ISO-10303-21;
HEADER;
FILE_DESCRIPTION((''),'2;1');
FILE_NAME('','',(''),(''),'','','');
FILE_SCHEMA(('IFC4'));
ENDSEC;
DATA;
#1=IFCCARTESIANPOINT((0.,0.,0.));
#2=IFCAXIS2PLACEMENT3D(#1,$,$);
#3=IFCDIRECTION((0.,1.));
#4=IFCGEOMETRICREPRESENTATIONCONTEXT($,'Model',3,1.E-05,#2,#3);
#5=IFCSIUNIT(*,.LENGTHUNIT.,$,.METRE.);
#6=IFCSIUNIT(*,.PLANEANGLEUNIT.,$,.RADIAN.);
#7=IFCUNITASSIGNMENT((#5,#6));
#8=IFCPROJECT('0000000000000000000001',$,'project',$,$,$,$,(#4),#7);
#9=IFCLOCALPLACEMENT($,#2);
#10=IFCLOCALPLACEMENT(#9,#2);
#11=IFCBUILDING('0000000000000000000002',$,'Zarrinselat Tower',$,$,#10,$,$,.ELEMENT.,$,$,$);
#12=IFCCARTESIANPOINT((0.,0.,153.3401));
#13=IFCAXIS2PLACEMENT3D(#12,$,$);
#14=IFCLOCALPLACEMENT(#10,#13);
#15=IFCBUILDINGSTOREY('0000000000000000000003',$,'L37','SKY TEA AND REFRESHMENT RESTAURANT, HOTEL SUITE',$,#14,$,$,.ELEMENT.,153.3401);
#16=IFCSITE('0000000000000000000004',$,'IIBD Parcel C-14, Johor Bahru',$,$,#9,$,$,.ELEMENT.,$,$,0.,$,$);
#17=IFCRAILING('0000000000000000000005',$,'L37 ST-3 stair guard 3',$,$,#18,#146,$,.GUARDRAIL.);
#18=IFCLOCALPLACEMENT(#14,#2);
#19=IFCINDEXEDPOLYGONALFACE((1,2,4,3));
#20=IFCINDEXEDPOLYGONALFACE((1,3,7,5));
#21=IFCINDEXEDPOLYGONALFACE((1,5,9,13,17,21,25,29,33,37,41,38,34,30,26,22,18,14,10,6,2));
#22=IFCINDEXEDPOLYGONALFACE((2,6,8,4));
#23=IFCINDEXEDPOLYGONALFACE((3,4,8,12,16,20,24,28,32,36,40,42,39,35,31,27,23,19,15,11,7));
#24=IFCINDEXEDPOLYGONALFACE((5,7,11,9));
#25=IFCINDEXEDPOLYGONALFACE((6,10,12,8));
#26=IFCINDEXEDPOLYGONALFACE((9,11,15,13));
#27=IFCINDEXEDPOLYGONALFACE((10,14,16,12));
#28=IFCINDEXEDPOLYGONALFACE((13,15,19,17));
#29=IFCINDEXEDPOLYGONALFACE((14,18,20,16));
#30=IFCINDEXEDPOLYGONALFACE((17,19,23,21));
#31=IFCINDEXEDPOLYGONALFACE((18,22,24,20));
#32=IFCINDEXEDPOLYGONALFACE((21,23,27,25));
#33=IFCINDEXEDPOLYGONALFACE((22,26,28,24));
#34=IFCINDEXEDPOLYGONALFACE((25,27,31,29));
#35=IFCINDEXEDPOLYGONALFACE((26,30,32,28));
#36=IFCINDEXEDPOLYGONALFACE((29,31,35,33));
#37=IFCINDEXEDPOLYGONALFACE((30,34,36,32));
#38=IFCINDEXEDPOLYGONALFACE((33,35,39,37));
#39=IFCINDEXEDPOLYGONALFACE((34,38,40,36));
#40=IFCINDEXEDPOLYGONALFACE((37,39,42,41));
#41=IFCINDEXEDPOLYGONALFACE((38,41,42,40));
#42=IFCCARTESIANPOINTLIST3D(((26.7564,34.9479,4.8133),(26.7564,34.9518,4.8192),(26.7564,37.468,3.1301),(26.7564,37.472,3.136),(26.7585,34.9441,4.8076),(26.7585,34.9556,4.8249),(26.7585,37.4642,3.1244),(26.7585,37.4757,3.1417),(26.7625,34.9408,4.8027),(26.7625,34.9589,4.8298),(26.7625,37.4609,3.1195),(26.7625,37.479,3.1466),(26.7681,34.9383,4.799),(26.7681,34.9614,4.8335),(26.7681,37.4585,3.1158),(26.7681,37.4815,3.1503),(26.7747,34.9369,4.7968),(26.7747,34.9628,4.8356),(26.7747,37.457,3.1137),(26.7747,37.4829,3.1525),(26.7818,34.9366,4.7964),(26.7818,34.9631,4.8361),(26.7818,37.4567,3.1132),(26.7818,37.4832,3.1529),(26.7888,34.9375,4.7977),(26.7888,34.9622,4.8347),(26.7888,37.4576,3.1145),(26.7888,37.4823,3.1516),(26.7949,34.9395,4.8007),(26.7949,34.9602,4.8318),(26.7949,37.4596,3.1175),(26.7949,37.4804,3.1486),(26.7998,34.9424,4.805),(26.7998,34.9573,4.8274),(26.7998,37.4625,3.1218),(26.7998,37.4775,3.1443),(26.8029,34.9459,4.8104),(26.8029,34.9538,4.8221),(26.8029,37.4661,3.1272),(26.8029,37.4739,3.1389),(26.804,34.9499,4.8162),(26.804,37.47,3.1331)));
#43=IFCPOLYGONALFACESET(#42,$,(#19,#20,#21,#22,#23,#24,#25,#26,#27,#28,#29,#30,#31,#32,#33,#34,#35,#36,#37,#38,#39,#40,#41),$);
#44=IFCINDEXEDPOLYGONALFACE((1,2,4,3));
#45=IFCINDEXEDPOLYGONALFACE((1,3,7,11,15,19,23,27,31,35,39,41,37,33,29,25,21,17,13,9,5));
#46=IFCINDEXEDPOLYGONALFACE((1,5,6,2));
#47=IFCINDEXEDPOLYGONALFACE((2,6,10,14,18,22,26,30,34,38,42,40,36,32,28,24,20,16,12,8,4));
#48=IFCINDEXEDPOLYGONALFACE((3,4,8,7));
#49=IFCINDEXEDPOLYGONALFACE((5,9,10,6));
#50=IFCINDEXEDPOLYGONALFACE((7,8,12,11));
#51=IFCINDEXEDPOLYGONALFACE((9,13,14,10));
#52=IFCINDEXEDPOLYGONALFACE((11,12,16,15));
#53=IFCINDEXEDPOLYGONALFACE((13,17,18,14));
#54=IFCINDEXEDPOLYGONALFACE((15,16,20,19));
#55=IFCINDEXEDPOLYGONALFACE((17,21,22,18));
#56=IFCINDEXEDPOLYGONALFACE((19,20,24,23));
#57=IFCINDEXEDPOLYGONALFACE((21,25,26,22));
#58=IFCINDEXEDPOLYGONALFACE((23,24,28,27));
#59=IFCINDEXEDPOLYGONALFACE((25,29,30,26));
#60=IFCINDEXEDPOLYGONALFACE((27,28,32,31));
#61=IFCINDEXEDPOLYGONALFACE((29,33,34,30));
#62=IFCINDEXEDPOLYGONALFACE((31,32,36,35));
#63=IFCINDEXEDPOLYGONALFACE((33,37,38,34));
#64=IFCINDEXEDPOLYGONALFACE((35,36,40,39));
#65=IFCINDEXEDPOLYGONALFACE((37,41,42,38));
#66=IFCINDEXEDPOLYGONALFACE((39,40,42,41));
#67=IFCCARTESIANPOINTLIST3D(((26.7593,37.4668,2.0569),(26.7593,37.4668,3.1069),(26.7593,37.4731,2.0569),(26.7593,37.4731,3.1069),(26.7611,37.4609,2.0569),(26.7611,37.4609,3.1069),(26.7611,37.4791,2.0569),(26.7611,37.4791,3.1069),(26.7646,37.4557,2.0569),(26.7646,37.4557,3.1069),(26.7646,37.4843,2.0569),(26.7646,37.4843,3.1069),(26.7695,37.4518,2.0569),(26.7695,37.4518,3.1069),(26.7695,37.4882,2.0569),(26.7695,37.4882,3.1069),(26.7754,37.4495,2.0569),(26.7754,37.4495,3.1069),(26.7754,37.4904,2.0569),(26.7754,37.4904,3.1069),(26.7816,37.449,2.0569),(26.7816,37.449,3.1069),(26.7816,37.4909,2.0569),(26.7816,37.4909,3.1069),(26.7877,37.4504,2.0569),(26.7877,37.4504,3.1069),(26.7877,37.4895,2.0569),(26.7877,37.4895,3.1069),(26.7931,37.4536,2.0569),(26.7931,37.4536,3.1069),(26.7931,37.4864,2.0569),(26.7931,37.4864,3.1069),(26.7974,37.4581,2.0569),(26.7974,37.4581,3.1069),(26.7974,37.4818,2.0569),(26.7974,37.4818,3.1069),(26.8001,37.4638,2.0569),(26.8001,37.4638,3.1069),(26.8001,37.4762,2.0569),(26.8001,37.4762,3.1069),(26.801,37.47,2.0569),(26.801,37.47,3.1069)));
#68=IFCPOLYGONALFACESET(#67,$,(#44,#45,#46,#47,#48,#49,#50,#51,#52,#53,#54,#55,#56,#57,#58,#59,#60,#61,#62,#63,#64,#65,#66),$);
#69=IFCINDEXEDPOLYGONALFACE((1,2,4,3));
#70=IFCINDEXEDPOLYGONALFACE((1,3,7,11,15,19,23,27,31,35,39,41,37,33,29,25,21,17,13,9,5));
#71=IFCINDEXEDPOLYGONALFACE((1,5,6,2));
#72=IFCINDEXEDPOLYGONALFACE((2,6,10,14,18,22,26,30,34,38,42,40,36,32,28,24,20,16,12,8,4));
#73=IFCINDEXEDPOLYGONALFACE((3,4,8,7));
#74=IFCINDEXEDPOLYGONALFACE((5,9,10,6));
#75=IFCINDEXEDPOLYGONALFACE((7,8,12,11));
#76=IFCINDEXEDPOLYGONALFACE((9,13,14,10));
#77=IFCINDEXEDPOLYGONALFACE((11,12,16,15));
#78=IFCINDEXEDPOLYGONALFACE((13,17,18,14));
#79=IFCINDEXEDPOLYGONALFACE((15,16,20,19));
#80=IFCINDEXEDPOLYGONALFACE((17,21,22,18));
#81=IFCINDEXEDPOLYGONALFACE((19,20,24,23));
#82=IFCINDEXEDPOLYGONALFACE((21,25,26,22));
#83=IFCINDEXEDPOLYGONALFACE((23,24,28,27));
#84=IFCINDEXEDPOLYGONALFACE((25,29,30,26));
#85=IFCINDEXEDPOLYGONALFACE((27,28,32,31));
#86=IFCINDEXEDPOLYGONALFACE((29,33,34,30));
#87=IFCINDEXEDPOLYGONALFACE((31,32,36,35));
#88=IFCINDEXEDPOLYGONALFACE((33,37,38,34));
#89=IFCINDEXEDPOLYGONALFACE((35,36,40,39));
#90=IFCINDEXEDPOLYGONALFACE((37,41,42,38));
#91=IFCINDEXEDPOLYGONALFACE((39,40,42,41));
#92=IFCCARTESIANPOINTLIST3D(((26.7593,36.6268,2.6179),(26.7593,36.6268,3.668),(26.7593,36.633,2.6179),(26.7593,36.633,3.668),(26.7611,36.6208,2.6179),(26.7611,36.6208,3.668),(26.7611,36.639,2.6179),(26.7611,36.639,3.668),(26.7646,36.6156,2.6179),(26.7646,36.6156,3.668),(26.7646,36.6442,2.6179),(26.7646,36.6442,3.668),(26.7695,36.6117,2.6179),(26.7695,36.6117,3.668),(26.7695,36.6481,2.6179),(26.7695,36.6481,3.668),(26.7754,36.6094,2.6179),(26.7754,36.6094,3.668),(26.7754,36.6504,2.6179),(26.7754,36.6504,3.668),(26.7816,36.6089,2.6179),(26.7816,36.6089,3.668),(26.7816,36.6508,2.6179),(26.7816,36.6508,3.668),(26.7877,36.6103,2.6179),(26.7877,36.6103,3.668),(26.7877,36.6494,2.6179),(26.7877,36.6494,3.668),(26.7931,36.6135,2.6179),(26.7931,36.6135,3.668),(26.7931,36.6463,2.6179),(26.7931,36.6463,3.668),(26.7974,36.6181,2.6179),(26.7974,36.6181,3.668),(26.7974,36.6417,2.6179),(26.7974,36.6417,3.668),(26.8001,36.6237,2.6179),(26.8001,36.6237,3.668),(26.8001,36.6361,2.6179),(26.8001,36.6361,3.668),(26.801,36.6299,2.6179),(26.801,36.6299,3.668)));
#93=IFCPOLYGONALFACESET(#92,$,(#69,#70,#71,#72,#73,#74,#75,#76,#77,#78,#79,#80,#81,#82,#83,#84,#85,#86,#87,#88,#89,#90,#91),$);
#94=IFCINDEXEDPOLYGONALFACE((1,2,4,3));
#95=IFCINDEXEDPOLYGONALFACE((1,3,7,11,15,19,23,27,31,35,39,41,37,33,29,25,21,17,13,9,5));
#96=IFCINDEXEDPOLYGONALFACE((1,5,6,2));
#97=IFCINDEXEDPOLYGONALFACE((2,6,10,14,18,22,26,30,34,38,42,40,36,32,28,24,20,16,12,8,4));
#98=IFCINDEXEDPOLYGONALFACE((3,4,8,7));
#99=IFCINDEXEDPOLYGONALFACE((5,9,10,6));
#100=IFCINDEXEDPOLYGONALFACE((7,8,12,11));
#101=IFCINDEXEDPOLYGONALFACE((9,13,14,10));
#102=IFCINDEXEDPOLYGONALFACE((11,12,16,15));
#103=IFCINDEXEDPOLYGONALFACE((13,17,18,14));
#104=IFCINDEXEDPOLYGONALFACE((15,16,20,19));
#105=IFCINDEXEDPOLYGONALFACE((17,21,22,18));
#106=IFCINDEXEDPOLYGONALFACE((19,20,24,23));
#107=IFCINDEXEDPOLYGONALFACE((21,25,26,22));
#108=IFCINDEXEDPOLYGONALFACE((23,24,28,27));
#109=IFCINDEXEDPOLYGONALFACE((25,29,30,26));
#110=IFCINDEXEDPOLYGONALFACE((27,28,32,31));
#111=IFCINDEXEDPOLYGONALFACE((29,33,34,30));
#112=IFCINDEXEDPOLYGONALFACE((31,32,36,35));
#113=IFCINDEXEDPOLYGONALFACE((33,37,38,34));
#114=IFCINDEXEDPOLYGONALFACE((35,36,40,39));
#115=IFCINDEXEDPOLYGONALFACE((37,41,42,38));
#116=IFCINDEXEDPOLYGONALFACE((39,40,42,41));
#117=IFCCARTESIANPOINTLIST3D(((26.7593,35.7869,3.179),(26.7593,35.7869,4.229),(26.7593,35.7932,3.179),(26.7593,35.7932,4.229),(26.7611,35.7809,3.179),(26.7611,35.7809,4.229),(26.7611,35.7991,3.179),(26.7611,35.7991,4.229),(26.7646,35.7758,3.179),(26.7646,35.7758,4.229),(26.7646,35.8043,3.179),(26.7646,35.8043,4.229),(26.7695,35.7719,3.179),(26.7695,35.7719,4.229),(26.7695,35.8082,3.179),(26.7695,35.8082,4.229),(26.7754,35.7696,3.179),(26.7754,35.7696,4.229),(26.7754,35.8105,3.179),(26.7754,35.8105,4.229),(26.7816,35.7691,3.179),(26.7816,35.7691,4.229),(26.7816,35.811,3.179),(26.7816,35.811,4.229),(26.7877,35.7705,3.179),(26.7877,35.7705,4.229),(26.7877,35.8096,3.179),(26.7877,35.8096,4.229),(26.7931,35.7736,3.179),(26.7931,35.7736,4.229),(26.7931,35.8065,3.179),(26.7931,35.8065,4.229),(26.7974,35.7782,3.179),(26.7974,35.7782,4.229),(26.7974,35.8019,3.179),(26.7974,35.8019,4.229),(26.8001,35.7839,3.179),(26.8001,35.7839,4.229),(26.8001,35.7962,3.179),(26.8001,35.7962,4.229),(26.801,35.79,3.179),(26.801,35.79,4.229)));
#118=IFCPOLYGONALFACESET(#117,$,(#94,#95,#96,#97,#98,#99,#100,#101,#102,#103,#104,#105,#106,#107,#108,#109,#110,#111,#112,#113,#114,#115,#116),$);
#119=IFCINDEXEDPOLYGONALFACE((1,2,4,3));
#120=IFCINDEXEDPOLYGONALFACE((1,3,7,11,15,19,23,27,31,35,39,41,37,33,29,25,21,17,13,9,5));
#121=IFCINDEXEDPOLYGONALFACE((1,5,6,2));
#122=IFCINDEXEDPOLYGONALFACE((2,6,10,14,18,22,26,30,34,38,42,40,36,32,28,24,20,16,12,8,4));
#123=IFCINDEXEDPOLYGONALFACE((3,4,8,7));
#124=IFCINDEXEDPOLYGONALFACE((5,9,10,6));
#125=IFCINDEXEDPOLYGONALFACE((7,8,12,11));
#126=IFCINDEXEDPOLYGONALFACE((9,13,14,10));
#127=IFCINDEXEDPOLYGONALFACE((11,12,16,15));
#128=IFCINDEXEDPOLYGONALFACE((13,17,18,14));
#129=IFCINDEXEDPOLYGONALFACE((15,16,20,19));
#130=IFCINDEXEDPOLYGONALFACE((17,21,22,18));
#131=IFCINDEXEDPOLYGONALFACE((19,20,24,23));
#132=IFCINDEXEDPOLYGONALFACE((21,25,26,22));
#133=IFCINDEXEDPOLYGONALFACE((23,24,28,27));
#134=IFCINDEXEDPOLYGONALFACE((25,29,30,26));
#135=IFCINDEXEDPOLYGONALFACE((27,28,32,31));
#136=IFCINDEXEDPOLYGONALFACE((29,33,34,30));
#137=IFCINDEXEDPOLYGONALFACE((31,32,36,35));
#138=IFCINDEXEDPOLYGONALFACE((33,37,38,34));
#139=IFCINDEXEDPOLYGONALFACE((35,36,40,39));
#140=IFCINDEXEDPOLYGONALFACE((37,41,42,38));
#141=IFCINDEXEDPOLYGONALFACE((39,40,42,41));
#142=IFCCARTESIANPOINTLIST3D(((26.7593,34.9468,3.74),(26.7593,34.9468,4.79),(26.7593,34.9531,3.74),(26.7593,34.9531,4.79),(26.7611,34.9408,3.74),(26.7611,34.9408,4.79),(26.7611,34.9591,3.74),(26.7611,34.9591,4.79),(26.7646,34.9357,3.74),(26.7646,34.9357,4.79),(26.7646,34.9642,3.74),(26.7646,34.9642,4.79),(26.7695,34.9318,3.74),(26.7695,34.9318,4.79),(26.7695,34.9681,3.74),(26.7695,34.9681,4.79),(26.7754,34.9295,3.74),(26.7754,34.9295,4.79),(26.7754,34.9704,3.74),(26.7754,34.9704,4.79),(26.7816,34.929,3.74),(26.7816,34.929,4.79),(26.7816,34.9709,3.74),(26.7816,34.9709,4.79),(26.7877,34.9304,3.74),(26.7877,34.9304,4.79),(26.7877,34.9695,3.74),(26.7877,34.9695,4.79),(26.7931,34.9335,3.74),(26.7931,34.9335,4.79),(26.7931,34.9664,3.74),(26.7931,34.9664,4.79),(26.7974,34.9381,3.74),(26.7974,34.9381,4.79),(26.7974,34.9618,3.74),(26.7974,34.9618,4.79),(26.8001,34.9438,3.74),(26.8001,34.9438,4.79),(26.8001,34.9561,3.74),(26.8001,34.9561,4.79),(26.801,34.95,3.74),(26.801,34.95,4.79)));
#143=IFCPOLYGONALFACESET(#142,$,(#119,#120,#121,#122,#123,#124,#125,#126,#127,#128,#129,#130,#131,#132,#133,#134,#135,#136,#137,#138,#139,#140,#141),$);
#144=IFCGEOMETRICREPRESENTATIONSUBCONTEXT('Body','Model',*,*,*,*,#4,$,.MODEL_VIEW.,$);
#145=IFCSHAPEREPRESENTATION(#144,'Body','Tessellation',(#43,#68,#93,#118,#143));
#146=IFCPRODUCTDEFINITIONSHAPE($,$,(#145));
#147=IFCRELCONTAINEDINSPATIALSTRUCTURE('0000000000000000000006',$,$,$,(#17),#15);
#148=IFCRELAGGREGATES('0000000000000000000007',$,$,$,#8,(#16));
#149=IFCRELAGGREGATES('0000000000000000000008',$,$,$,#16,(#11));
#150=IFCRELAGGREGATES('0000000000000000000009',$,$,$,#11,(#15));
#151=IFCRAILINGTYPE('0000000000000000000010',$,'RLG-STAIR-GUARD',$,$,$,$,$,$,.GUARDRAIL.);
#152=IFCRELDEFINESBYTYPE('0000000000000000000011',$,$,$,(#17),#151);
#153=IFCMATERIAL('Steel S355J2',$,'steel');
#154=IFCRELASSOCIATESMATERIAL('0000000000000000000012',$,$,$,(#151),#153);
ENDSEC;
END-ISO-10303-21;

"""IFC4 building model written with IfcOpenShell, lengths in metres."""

from ifc_helpers import new_model, si_unit, direction, frame, origin, origin_2d, place, context, subcontext, project, spatial, circle, extrude, material, type_object, element, save


model = new_model("IFC4")

# Units and contexts
model_context = context("Model", 3, precision=1e-05, world=origin(), true_north=direction((0.0, 1.0)))
body_context = subcontext(model_context, "Body", "Model", "MODEL_VIEW")
ifc_project = project(units=[si_unit("LENGTHUNIT", "METRE"), si_unit("PLANEANGLEUNIT", "RADIAN")], contexts=[model_context])

# Site, building, storey
site_placement = place(None, origin())
site = spatial("IfcSite", under=ifc_project, at=site_placement, Name="IIBD Parcel C-14, Johor Bahru", CompositionType="ELEMENT", RefElevation=0.0)
building_placement = place(site_placement, origin())
building = spatial("IfcBuilding", under=site, at=building_placement, Name="Zarrinselat Tower", CompositionType="ELEMENT")
storey_placement = place(building_placement, frame((0.0, 0.0, 153.3401)))
storey = spatial("IfcBuildingStorey", under=building, at=storey_placement, Name="L37", Description="SKY TEA AND REFRESHMENT RESTAURANT, HOTEL SUITE", CompositionType="ELEMENT", Elevation=153.3401)

# Railing
ifc_material_1 = material(Name="Steel S355J2", Category="steel")
railing_type_1 = type_object("IfcRailingType", Name="RLG-STAIR-GUARD", PredefinedType="GUARDRAIL", material=ifc_material_1)
railing_1_placement = place(storey_placement, frame((26.78, 37.47, 2.0569)))
element("IfcRailing", 1, at=railing_1_placement, inside=storey, type_object=railing_type_1, Name="L37 ST-3 stair guard 3", PredefinedType="GUARDRAIL", context=body_context, shape_type="SweptSolid", body=[
    extrude(circle(Radius=0.0239, at=origin_2d()), frame((0.0, 0.0, 1.0762), z_axis=(0.0, -0.831579, 0.555406), x_axis=(1.0, 0.0, 0.0)), (0.0, 0.0, 1.0), 3.0305),
    extrude(circle(Radius=0.021, at=origin_2d()), origin(), (0.0, 0.0, 1.0), 1.05),
    extrude(circle(Radius=0.021, at=origin_2d()), frame((0.0, -0.8401, 0.561)), (0.0, 0.0, 1.0), 1.05),
    extrude(circle(Radius=0.021, at=origin_2d()), frame((0.0, -1.6799, 1.1221)), (0.0, 0.0, 1.0), 1.05),
    extrude(circle(Radius=0.021, at=origin_2d()), frame((0.0, -2.52, 1.6831)), (0.0, 0.0, 1.0), 1.05),
])

save(model, "model.ifc")
